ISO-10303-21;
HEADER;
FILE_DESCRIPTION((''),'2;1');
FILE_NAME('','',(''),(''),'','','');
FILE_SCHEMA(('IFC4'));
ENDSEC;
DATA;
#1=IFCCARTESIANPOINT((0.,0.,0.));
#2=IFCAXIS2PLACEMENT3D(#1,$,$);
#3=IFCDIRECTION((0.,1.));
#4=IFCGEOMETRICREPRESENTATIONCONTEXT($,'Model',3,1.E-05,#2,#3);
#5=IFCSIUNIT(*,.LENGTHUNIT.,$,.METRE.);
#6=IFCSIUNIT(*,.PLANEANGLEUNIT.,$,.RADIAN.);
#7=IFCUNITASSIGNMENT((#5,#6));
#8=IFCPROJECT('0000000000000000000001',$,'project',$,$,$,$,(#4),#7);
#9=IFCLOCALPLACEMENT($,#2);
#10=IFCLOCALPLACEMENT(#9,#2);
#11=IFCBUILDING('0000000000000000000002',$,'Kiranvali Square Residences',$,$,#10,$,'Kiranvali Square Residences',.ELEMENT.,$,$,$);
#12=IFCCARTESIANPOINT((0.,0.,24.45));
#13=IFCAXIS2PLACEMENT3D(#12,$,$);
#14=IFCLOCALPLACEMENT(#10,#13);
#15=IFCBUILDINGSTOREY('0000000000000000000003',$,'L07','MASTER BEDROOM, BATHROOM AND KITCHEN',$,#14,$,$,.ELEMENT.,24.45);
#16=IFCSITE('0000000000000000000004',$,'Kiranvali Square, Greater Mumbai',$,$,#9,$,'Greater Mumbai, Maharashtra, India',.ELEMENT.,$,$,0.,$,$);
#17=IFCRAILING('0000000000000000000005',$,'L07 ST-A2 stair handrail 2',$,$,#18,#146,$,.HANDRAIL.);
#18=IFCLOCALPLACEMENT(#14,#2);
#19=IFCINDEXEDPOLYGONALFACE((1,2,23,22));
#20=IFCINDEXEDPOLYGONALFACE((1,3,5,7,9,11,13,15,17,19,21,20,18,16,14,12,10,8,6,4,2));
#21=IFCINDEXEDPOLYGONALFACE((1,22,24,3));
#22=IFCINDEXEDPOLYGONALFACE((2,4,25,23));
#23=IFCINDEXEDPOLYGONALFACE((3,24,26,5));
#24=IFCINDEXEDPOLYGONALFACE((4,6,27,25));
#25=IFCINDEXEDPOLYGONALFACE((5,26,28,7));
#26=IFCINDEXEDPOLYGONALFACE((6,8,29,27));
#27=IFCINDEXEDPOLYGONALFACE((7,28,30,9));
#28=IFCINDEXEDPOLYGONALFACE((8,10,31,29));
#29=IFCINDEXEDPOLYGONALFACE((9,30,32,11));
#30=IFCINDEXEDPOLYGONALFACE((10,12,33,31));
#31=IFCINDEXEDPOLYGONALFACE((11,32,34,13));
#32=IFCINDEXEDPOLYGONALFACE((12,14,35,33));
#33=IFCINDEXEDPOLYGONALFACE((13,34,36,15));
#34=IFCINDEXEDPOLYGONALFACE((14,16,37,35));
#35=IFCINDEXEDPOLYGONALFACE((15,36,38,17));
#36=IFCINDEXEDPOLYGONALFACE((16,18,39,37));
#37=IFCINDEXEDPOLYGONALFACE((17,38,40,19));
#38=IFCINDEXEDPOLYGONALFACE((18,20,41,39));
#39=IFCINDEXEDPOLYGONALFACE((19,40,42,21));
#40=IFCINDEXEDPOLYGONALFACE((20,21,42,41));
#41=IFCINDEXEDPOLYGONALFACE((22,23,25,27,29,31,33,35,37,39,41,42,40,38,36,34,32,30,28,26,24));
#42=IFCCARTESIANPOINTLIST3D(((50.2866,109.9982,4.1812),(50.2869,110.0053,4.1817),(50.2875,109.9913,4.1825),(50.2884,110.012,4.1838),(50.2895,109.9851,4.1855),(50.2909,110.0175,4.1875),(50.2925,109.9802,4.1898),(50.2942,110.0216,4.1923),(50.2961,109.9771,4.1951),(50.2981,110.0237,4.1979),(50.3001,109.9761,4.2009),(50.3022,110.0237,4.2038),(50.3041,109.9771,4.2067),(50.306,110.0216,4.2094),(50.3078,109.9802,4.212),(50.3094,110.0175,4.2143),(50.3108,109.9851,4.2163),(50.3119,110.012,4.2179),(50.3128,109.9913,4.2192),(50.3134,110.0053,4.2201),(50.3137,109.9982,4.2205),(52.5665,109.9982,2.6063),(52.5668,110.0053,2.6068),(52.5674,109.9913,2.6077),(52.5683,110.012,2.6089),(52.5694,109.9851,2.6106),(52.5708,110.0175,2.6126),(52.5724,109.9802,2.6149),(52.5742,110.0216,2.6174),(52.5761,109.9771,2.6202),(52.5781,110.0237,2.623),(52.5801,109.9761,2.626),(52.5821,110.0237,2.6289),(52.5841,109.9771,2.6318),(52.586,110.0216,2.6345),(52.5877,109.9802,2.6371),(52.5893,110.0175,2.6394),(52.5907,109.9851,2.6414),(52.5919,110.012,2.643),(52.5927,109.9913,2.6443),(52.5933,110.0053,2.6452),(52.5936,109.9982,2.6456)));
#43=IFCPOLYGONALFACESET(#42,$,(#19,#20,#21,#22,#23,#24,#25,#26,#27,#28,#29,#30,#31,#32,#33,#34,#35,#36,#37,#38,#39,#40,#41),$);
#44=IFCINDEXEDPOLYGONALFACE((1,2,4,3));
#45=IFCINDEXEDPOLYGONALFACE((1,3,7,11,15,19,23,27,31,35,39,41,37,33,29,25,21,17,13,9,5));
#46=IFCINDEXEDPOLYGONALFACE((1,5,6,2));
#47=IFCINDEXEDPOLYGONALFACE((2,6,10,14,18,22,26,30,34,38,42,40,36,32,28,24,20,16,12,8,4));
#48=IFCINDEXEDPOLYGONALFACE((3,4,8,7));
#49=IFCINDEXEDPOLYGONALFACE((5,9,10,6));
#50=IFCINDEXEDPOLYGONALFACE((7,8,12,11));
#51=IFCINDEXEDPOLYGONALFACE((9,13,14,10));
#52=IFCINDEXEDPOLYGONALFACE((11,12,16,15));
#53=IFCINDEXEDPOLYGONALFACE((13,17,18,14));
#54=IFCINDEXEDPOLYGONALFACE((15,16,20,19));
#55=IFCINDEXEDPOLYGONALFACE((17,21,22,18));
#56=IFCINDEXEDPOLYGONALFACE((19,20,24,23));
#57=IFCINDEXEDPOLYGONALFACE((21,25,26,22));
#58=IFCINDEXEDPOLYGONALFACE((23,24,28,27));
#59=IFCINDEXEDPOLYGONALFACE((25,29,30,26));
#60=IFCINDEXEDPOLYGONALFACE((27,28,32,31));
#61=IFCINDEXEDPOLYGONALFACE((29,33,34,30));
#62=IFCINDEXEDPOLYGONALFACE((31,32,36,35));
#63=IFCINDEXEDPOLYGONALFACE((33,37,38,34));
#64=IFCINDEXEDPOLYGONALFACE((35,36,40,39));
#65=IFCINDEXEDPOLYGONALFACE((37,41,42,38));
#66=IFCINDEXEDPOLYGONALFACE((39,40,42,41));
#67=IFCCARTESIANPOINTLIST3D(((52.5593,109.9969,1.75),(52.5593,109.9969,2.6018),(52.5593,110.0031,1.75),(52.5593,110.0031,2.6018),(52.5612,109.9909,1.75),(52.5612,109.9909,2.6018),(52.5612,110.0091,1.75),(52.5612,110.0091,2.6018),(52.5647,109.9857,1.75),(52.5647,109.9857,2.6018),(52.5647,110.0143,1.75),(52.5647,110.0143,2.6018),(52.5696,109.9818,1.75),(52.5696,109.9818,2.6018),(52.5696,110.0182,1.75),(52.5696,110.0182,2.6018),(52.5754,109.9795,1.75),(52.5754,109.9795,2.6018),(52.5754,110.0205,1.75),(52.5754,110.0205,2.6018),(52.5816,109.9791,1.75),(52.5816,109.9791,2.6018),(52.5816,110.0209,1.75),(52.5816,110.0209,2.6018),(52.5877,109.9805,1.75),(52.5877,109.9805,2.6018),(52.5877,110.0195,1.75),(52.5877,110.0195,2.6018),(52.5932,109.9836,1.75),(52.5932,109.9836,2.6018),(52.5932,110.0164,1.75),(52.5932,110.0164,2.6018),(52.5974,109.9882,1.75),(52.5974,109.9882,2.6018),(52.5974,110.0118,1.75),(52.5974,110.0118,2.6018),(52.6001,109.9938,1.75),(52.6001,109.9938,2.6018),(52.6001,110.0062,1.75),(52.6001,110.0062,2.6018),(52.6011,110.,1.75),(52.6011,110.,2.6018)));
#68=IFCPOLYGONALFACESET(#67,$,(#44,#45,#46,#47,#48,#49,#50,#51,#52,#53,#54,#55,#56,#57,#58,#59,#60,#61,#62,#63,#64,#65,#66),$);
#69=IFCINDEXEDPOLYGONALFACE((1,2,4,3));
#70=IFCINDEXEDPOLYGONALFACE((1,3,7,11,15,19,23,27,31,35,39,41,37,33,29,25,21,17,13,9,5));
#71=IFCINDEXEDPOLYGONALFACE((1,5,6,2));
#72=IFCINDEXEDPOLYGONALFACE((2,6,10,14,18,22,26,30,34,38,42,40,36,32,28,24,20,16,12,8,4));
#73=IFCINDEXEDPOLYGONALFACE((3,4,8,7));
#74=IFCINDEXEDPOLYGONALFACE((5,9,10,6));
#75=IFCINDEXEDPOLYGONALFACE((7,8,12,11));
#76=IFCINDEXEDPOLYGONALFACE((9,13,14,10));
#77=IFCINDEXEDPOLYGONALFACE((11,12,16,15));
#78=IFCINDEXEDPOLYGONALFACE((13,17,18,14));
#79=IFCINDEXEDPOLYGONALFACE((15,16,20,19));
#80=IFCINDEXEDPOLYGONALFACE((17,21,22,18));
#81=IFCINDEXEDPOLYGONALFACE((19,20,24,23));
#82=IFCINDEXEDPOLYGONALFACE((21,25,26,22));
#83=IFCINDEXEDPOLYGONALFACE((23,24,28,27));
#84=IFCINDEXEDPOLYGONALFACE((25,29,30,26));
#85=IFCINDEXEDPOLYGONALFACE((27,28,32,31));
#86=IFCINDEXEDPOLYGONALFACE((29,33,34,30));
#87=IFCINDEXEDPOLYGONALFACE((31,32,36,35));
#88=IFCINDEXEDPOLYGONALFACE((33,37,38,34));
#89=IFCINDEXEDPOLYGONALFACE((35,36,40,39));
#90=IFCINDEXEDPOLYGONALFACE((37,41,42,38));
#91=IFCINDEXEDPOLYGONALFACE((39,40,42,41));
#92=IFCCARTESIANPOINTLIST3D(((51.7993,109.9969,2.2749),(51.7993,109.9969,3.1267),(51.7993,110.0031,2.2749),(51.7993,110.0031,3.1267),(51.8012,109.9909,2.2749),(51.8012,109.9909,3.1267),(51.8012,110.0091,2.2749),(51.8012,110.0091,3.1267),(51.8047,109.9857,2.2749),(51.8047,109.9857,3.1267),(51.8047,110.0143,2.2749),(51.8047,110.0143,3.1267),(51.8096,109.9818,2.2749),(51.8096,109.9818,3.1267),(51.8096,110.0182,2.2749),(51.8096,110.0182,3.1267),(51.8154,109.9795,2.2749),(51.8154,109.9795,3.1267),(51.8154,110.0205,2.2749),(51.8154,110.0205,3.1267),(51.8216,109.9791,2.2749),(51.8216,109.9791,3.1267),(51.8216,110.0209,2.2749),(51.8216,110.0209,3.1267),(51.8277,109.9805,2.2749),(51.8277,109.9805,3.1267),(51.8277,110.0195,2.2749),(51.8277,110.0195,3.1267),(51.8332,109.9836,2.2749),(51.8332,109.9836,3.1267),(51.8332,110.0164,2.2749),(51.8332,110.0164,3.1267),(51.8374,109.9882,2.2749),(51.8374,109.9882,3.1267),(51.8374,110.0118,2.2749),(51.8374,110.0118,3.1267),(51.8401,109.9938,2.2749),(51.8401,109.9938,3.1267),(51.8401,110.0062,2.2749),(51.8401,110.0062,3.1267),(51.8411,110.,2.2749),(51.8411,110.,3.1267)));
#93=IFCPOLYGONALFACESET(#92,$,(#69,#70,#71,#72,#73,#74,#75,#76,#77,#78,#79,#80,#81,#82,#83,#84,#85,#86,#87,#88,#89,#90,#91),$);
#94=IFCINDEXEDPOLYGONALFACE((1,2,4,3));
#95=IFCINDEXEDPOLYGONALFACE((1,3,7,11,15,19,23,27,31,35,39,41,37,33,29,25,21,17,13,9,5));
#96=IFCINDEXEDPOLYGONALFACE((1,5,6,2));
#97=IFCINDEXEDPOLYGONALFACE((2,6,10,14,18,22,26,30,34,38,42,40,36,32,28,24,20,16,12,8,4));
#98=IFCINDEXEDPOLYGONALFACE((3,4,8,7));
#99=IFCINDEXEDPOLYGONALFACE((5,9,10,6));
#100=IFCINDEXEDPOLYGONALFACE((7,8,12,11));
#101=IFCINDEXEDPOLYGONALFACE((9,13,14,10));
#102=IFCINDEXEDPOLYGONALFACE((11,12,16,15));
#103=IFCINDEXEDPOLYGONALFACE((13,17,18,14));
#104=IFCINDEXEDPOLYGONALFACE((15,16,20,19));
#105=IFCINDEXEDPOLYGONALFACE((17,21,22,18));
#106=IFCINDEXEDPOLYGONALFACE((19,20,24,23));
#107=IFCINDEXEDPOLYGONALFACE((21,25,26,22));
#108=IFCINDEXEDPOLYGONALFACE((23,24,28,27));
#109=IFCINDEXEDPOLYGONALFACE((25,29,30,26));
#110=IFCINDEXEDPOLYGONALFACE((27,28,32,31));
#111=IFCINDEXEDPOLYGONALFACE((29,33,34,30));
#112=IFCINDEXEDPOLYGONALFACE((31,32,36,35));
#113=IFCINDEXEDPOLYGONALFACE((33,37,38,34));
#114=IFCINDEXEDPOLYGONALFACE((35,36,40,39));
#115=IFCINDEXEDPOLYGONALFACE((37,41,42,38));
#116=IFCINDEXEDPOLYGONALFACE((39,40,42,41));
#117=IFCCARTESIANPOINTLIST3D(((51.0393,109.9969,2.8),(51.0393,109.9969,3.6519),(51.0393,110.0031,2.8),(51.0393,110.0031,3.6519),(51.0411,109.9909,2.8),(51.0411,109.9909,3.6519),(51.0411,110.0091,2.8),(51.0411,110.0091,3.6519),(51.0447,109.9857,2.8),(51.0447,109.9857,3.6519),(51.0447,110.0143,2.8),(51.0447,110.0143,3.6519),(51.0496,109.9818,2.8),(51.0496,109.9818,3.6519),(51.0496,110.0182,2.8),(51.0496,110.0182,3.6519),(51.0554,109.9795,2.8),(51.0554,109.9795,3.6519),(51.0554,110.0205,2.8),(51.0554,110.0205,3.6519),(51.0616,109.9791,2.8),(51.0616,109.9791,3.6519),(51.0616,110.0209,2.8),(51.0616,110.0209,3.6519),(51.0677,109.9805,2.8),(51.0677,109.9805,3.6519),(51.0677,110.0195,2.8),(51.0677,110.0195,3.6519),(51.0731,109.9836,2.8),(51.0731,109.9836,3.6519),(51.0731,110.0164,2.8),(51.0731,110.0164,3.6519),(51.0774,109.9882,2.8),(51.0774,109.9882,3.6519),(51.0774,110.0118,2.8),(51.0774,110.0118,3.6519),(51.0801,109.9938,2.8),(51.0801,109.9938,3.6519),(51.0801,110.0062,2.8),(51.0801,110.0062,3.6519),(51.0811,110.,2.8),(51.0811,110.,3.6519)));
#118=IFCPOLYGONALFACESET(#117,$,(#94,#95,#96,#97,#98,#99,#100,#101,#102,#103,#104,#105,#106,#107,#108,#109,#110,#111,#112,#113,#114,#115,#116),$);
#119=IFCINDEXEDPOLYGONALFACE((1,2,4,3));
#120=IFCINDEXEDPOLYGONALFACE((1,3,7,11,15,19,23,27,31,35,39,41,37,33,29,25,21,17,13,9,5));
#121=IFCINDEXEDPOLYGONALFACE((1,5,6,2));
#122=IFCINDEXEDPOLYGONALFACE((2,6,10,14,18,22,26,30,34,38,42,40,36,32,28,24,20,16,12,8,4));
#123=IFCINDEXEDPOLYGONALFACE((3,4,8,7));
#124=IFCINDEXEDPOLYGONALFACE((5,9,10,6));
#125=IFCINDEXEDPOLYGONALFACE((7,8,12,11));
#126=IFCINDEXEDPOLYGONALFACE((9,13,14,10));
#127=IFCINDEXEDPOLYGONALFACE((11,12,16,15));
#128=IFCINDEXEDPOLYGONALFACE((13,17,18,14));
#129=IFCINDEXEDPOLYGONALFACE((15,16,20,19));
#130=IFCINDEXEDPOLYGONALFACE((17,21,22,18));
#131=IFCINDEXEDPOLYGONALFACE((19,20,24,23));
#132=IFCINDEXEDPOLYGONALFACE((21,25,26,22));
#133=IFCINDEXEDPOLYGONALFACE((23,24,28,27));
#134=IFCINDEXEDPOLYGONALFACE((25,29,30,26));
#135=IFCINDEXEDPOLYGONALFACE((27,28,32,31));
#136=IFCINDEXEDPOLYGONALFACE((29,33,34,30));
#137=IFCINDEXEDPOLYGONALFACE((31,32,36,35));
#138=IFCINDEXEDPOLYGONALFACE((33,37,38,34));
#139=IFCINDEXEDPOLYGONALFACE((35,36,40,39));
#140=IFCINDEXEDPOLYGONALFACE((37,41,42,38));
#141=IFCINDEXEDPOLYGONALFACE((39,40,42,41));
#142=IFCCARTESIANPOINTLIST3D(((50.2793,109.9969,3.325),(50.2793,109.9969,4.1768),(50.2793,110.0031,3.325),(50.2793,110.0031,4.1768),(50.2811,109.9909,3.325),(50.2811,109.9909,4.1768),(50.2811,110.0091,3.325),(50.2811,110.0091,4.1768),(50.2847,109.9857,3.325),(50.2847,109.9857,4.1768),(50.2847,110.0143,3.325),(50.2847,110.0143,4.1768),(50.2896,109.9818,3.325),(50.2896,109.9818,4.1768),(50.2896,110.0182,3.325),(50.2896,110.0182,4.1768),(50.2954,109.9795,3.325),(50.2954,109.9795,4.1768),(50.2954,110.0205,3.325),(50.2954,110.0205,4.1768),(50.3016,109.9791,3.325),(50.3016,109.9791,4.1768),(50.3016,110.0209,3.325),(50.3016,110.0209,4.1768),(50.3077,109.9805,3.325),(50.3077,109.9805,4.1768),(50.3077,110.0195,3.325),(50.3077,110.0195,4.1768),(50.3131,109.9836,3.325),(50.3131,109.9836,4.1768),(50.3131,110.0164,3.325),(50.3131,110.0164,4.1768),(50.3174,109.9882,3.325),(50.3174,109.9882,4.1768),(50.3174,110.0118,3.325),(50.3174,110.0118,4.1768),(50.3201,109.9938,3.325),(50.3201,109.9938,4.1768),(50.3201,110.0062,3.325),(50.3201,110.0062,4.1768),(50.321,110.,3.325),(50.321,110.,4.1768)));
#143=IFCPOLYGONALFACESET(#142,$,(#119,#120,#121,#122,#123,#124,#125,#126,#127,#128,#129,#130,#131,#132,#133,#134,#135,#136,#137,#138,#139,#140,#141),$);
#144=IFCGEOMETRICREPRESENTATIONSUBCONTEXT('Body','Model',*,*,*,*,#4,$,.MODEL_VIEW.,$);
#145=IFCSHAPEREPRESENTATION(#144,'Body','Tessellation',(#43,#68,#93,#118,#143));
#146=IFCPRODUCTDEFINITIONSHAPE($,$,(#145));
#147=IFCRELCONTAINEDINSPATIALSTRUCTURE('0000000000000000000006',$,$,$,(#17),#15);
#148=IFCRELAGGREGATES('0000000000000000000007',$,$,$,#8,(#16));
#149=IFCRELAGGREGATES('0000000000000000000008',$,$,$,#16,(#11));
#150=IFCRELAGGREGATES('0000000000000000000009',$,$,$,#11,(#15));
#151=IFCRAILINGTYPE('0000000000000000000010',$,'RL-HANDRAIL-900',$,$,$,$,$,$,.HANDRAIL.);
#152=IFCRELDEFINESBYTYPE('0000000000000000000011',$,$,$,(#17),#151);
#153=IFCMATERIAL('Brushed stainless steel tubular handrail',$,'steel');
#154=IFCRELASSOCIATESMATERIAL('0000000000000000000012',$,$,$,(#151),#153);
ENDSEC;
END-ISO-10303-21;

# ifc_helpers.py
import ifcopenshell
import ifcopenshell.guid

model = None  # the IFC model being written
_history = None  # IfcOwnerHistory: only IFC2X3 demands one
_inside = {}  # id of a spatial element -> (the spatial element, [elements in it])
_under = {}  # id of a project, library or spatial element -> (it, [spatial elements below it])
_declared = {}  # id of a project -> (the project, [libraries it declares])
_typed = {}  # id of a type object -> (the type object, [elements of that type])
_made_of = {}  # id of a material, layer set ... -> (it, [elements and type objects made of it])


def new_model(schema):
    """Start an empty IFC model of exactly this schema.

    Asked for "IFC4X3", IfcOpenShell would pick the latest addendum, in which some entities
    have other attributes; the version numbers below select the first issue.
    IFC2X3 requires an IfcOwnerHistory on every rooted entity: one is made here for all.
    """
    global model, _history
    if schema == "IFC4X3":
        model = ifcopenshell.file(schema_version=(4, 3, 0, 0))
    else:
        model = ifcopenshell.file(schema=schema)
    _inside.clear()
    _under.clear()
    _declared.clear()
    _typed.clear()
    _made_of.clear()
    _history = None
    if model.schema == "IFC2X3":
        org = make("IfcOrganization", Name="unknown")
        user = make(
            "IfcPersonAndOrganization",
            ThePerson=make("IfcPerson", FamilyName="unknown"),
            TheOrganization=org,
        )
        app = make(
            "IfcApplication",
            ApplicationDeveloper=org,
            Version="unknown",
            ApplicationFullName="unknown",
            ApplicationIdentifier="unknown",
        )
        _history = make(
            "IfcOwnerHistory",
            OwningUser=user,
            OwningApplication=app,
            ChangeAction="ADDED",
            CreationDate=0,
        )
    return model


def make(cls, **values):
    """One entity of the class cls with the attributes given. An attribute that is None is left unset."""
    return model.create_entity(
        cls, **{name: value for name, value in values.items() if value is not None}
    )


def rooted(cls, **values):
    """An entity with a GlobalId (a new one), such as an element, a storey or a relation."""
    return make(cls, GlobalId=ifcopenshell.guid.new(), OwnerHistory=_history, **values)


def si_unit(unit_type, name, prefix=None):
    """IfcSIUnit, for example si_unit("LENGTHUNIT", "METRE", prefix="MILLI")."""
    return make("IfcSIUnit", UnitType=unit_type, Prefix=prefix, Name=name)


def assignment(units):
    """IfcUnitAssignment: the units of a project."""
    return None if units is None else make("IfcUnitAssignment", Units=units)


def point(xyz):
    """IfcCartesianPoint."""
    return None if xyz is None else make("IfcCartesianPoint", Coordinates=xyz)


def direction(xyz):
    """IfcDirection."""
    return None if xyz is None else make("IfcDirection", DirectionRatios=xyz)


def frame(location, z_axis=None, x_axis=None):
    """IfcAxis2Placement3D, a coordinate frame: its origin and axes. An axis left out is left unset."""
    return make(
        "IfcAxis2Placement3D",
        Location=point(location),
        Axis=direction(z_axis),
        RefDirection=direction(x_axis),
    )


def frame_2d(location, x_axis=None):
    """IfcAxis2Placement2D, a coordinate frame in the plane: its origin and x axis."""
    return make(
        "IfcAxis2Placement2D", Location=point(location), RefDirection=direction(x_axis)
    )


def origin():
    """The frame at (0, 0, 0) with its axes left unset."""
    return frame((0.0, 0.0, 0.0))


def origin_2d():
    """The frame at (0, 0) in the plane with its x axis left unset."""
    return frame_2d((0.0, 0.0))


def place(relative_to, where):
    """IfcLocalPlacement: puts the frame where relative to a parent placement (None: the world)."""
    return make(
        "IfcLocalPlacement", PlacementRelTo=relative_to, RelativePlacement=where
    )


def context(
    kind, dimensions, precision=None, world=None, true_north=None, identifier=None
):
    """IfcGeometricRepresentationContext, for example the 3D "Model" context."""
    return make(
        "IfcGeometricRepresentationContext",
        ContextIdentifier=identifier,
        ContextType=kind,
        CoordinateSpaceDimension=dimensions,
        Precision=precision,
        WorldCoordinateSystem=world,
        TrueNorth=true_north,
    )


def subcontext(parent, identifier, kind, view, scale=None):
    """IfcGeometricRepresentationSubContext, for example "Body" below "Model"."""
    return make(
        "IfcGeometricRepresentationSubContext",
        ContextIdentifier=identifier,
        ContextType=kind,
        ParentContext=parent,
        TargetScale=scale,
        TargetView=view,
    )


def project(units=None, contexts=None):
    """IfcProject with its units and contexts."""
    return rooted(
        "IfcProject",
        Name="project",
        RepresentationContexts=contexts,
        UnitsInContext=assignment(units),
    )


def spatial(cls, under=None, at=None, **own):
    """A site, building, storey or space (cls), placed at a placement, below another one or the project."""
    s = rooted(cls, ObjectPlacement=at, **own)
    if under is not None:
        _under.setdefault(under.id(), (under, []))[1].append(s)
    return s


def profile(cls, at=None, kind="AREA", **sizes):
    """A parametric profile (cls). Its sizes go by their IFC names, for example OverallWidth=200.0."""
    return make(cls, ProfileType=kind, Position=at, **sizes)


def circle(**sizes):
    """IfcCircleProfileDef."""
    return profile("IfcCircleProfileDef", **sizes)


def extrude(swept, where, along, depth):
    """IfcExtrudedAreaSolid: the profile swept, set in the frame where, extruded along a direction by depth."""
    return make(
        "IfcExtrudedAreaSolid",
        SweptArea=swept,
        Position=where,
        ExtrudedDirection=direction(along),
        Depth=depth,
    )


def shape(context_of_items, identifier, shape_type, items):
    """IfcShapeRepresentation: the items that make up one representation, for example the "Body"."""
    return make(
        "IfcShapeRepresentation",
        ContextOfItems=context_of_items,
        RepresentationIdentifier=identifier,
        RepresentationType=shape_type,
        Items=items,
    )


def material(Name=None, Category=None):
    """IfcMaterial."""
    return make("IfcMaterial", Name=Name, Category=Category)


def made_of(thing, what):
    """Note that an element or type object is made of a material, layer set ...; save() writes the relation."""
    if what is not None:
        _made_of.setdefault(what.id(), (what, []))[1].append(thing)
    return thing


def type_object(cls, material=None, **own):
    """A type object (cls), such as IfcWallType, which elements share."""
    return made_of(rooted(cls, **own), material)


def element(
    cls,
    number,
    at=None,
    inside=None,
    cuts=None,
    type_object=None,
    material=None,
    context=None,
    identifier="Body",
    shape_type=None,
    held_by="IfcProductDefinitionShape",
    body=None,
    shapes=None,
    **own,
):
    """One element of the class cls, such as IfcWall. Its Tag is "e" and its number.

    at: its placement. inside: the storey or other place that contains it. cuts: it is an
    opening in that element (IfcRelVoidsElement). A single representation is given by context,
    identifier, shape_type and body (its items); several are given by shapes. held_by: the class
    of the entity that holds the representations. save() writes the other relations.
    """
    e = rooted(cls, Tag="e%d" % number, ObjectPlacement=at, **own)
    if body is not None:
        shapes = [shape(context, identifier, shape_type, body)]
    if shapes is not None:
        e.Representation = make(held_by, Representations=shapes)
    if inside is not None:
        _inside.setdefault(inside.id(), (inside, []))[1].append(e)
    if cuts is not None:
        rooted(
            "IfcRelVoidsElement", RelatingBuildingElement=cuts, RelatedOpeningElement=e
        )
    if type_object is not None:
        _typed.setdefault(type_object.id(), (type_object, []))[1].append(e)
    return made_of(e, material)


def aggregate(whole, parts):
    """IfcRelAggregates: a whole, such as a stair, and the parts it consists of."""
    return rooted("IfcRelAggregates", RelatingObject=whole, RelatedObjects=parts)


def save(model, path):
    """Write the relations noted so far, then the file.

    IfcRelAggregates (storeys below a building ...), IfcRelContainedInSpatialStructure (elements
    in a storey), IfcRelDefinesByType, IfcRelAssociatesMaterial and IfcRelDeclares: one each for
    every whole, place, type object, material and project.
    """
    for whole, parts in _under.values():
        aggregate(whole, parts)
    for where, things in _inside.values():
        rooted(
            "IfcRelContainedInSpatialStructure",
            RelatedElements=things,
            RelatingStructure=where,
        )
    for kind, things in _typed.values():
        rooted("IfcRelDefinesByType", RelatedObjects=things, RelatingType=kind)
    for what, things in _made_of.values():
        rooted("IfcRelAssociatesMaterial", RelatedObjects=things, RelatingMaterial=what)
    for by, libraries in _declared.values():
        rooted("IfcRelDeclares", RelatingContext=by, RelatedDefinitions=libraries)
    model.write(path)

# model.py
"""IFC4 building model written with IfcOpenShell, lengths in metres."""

from ifc_helpers import new_model, si_unit, direction, frame, origin, origin_2d, place, context, subcontext, project, spatial, circle, extrude, material, type_object, element, save


model = new_model("IFC4")

# Units and contexts
model_context = context("Model", 3, precision=1e-05, world=origin(), true_north=direction((0.0, 1.0)))
body_context = subcontext(model_context, "Body", "Model", "MODEL_VIEW")
ifc_project = project(units=[si_unit("LENGTHUNIT", "METRE"), si_unit("PLANEANGLEUNIT", "RADIAN")], contexts=[model_context])

# Site, building, storey
site_placement = place(None, origin())
site = spatial("IfcSite", under=ifc_project, at=site_placement, Name="Kiranvali Square, Greater Mumbai", LongName="Greater Mumbai, Maharashtra, India", CompositionType="ELEMENT", RefElevation=0.0)
building_placement = place(site_placement, origin())
building = spatial("IfcBuilding", under=site, at=building_placement, Name="Kiranvali Square Residences", LongName="Kiranvali Square Residences", CompositionType="ELEMENT")
storey_placement = place(building_placement, frame((0.0, 0.0, 24.45)))
storey = spatial("IfcBuildingStorey", under=building, at=storey_placement, Name="L07", Description="MASTER BEDROOM, BATHROOM AND KITCHEN", CompositionType="ELEMENT", Elevation=24.45)

# Railing
ifc_material_1 = material(Name="Brushed stainless steel tubular handrail", Category="steel")
railing_type_1 = type_object("IfcRailingType", Name="RL-HANDRAIL-900", PredefinedType="HANDRAIL", material=ifc_material_1)
railing_1_placement = place(storey_placement, frame((52.5801, 110.0, 1.75)))
element("IfcRailing", 1, at=railing_1_placement, inside=storey, type_object=railing_type_1, Name="L07 ST-A2 stair handrail 2", PredefinedType="HANDRAIL", context=body_context, shape_type="SweptSolid", body=[
    extrude(circle(Radius=0.0239, at=origin_2d()), frame((0.0, 0.0, 0.876), z_axis=(-0.822788, 0.0, 0.568348), x_axis=(0.0, -1.0, 0.0)), (0.0, 0.0, 1.0), 2.771),
    extrude(circle(Radius=0.021, at=origin_2d()), origin(), (0.0, 0.0, 1.0), 0.8518),
    extrude(circle(Radius=0.021, at=origin_2d()), frame((-0.76, 0.0, 0.5249)), (0.0, 0.0, 1.0), 0.8518),
    extrude(circle(Radius=0.021, at=origin_2d()), frame((-1.52, 0.0, 1.05)), (0.0, 0.0, 1.0), 0.8518),
    extrude(circle(Radius=0.021, at=origin_2d()), frame((-2.28, 0.0, 1.575)), (0.0, 0.0, 1.0), 0.8518),
])

save(model, "model.ifc")
